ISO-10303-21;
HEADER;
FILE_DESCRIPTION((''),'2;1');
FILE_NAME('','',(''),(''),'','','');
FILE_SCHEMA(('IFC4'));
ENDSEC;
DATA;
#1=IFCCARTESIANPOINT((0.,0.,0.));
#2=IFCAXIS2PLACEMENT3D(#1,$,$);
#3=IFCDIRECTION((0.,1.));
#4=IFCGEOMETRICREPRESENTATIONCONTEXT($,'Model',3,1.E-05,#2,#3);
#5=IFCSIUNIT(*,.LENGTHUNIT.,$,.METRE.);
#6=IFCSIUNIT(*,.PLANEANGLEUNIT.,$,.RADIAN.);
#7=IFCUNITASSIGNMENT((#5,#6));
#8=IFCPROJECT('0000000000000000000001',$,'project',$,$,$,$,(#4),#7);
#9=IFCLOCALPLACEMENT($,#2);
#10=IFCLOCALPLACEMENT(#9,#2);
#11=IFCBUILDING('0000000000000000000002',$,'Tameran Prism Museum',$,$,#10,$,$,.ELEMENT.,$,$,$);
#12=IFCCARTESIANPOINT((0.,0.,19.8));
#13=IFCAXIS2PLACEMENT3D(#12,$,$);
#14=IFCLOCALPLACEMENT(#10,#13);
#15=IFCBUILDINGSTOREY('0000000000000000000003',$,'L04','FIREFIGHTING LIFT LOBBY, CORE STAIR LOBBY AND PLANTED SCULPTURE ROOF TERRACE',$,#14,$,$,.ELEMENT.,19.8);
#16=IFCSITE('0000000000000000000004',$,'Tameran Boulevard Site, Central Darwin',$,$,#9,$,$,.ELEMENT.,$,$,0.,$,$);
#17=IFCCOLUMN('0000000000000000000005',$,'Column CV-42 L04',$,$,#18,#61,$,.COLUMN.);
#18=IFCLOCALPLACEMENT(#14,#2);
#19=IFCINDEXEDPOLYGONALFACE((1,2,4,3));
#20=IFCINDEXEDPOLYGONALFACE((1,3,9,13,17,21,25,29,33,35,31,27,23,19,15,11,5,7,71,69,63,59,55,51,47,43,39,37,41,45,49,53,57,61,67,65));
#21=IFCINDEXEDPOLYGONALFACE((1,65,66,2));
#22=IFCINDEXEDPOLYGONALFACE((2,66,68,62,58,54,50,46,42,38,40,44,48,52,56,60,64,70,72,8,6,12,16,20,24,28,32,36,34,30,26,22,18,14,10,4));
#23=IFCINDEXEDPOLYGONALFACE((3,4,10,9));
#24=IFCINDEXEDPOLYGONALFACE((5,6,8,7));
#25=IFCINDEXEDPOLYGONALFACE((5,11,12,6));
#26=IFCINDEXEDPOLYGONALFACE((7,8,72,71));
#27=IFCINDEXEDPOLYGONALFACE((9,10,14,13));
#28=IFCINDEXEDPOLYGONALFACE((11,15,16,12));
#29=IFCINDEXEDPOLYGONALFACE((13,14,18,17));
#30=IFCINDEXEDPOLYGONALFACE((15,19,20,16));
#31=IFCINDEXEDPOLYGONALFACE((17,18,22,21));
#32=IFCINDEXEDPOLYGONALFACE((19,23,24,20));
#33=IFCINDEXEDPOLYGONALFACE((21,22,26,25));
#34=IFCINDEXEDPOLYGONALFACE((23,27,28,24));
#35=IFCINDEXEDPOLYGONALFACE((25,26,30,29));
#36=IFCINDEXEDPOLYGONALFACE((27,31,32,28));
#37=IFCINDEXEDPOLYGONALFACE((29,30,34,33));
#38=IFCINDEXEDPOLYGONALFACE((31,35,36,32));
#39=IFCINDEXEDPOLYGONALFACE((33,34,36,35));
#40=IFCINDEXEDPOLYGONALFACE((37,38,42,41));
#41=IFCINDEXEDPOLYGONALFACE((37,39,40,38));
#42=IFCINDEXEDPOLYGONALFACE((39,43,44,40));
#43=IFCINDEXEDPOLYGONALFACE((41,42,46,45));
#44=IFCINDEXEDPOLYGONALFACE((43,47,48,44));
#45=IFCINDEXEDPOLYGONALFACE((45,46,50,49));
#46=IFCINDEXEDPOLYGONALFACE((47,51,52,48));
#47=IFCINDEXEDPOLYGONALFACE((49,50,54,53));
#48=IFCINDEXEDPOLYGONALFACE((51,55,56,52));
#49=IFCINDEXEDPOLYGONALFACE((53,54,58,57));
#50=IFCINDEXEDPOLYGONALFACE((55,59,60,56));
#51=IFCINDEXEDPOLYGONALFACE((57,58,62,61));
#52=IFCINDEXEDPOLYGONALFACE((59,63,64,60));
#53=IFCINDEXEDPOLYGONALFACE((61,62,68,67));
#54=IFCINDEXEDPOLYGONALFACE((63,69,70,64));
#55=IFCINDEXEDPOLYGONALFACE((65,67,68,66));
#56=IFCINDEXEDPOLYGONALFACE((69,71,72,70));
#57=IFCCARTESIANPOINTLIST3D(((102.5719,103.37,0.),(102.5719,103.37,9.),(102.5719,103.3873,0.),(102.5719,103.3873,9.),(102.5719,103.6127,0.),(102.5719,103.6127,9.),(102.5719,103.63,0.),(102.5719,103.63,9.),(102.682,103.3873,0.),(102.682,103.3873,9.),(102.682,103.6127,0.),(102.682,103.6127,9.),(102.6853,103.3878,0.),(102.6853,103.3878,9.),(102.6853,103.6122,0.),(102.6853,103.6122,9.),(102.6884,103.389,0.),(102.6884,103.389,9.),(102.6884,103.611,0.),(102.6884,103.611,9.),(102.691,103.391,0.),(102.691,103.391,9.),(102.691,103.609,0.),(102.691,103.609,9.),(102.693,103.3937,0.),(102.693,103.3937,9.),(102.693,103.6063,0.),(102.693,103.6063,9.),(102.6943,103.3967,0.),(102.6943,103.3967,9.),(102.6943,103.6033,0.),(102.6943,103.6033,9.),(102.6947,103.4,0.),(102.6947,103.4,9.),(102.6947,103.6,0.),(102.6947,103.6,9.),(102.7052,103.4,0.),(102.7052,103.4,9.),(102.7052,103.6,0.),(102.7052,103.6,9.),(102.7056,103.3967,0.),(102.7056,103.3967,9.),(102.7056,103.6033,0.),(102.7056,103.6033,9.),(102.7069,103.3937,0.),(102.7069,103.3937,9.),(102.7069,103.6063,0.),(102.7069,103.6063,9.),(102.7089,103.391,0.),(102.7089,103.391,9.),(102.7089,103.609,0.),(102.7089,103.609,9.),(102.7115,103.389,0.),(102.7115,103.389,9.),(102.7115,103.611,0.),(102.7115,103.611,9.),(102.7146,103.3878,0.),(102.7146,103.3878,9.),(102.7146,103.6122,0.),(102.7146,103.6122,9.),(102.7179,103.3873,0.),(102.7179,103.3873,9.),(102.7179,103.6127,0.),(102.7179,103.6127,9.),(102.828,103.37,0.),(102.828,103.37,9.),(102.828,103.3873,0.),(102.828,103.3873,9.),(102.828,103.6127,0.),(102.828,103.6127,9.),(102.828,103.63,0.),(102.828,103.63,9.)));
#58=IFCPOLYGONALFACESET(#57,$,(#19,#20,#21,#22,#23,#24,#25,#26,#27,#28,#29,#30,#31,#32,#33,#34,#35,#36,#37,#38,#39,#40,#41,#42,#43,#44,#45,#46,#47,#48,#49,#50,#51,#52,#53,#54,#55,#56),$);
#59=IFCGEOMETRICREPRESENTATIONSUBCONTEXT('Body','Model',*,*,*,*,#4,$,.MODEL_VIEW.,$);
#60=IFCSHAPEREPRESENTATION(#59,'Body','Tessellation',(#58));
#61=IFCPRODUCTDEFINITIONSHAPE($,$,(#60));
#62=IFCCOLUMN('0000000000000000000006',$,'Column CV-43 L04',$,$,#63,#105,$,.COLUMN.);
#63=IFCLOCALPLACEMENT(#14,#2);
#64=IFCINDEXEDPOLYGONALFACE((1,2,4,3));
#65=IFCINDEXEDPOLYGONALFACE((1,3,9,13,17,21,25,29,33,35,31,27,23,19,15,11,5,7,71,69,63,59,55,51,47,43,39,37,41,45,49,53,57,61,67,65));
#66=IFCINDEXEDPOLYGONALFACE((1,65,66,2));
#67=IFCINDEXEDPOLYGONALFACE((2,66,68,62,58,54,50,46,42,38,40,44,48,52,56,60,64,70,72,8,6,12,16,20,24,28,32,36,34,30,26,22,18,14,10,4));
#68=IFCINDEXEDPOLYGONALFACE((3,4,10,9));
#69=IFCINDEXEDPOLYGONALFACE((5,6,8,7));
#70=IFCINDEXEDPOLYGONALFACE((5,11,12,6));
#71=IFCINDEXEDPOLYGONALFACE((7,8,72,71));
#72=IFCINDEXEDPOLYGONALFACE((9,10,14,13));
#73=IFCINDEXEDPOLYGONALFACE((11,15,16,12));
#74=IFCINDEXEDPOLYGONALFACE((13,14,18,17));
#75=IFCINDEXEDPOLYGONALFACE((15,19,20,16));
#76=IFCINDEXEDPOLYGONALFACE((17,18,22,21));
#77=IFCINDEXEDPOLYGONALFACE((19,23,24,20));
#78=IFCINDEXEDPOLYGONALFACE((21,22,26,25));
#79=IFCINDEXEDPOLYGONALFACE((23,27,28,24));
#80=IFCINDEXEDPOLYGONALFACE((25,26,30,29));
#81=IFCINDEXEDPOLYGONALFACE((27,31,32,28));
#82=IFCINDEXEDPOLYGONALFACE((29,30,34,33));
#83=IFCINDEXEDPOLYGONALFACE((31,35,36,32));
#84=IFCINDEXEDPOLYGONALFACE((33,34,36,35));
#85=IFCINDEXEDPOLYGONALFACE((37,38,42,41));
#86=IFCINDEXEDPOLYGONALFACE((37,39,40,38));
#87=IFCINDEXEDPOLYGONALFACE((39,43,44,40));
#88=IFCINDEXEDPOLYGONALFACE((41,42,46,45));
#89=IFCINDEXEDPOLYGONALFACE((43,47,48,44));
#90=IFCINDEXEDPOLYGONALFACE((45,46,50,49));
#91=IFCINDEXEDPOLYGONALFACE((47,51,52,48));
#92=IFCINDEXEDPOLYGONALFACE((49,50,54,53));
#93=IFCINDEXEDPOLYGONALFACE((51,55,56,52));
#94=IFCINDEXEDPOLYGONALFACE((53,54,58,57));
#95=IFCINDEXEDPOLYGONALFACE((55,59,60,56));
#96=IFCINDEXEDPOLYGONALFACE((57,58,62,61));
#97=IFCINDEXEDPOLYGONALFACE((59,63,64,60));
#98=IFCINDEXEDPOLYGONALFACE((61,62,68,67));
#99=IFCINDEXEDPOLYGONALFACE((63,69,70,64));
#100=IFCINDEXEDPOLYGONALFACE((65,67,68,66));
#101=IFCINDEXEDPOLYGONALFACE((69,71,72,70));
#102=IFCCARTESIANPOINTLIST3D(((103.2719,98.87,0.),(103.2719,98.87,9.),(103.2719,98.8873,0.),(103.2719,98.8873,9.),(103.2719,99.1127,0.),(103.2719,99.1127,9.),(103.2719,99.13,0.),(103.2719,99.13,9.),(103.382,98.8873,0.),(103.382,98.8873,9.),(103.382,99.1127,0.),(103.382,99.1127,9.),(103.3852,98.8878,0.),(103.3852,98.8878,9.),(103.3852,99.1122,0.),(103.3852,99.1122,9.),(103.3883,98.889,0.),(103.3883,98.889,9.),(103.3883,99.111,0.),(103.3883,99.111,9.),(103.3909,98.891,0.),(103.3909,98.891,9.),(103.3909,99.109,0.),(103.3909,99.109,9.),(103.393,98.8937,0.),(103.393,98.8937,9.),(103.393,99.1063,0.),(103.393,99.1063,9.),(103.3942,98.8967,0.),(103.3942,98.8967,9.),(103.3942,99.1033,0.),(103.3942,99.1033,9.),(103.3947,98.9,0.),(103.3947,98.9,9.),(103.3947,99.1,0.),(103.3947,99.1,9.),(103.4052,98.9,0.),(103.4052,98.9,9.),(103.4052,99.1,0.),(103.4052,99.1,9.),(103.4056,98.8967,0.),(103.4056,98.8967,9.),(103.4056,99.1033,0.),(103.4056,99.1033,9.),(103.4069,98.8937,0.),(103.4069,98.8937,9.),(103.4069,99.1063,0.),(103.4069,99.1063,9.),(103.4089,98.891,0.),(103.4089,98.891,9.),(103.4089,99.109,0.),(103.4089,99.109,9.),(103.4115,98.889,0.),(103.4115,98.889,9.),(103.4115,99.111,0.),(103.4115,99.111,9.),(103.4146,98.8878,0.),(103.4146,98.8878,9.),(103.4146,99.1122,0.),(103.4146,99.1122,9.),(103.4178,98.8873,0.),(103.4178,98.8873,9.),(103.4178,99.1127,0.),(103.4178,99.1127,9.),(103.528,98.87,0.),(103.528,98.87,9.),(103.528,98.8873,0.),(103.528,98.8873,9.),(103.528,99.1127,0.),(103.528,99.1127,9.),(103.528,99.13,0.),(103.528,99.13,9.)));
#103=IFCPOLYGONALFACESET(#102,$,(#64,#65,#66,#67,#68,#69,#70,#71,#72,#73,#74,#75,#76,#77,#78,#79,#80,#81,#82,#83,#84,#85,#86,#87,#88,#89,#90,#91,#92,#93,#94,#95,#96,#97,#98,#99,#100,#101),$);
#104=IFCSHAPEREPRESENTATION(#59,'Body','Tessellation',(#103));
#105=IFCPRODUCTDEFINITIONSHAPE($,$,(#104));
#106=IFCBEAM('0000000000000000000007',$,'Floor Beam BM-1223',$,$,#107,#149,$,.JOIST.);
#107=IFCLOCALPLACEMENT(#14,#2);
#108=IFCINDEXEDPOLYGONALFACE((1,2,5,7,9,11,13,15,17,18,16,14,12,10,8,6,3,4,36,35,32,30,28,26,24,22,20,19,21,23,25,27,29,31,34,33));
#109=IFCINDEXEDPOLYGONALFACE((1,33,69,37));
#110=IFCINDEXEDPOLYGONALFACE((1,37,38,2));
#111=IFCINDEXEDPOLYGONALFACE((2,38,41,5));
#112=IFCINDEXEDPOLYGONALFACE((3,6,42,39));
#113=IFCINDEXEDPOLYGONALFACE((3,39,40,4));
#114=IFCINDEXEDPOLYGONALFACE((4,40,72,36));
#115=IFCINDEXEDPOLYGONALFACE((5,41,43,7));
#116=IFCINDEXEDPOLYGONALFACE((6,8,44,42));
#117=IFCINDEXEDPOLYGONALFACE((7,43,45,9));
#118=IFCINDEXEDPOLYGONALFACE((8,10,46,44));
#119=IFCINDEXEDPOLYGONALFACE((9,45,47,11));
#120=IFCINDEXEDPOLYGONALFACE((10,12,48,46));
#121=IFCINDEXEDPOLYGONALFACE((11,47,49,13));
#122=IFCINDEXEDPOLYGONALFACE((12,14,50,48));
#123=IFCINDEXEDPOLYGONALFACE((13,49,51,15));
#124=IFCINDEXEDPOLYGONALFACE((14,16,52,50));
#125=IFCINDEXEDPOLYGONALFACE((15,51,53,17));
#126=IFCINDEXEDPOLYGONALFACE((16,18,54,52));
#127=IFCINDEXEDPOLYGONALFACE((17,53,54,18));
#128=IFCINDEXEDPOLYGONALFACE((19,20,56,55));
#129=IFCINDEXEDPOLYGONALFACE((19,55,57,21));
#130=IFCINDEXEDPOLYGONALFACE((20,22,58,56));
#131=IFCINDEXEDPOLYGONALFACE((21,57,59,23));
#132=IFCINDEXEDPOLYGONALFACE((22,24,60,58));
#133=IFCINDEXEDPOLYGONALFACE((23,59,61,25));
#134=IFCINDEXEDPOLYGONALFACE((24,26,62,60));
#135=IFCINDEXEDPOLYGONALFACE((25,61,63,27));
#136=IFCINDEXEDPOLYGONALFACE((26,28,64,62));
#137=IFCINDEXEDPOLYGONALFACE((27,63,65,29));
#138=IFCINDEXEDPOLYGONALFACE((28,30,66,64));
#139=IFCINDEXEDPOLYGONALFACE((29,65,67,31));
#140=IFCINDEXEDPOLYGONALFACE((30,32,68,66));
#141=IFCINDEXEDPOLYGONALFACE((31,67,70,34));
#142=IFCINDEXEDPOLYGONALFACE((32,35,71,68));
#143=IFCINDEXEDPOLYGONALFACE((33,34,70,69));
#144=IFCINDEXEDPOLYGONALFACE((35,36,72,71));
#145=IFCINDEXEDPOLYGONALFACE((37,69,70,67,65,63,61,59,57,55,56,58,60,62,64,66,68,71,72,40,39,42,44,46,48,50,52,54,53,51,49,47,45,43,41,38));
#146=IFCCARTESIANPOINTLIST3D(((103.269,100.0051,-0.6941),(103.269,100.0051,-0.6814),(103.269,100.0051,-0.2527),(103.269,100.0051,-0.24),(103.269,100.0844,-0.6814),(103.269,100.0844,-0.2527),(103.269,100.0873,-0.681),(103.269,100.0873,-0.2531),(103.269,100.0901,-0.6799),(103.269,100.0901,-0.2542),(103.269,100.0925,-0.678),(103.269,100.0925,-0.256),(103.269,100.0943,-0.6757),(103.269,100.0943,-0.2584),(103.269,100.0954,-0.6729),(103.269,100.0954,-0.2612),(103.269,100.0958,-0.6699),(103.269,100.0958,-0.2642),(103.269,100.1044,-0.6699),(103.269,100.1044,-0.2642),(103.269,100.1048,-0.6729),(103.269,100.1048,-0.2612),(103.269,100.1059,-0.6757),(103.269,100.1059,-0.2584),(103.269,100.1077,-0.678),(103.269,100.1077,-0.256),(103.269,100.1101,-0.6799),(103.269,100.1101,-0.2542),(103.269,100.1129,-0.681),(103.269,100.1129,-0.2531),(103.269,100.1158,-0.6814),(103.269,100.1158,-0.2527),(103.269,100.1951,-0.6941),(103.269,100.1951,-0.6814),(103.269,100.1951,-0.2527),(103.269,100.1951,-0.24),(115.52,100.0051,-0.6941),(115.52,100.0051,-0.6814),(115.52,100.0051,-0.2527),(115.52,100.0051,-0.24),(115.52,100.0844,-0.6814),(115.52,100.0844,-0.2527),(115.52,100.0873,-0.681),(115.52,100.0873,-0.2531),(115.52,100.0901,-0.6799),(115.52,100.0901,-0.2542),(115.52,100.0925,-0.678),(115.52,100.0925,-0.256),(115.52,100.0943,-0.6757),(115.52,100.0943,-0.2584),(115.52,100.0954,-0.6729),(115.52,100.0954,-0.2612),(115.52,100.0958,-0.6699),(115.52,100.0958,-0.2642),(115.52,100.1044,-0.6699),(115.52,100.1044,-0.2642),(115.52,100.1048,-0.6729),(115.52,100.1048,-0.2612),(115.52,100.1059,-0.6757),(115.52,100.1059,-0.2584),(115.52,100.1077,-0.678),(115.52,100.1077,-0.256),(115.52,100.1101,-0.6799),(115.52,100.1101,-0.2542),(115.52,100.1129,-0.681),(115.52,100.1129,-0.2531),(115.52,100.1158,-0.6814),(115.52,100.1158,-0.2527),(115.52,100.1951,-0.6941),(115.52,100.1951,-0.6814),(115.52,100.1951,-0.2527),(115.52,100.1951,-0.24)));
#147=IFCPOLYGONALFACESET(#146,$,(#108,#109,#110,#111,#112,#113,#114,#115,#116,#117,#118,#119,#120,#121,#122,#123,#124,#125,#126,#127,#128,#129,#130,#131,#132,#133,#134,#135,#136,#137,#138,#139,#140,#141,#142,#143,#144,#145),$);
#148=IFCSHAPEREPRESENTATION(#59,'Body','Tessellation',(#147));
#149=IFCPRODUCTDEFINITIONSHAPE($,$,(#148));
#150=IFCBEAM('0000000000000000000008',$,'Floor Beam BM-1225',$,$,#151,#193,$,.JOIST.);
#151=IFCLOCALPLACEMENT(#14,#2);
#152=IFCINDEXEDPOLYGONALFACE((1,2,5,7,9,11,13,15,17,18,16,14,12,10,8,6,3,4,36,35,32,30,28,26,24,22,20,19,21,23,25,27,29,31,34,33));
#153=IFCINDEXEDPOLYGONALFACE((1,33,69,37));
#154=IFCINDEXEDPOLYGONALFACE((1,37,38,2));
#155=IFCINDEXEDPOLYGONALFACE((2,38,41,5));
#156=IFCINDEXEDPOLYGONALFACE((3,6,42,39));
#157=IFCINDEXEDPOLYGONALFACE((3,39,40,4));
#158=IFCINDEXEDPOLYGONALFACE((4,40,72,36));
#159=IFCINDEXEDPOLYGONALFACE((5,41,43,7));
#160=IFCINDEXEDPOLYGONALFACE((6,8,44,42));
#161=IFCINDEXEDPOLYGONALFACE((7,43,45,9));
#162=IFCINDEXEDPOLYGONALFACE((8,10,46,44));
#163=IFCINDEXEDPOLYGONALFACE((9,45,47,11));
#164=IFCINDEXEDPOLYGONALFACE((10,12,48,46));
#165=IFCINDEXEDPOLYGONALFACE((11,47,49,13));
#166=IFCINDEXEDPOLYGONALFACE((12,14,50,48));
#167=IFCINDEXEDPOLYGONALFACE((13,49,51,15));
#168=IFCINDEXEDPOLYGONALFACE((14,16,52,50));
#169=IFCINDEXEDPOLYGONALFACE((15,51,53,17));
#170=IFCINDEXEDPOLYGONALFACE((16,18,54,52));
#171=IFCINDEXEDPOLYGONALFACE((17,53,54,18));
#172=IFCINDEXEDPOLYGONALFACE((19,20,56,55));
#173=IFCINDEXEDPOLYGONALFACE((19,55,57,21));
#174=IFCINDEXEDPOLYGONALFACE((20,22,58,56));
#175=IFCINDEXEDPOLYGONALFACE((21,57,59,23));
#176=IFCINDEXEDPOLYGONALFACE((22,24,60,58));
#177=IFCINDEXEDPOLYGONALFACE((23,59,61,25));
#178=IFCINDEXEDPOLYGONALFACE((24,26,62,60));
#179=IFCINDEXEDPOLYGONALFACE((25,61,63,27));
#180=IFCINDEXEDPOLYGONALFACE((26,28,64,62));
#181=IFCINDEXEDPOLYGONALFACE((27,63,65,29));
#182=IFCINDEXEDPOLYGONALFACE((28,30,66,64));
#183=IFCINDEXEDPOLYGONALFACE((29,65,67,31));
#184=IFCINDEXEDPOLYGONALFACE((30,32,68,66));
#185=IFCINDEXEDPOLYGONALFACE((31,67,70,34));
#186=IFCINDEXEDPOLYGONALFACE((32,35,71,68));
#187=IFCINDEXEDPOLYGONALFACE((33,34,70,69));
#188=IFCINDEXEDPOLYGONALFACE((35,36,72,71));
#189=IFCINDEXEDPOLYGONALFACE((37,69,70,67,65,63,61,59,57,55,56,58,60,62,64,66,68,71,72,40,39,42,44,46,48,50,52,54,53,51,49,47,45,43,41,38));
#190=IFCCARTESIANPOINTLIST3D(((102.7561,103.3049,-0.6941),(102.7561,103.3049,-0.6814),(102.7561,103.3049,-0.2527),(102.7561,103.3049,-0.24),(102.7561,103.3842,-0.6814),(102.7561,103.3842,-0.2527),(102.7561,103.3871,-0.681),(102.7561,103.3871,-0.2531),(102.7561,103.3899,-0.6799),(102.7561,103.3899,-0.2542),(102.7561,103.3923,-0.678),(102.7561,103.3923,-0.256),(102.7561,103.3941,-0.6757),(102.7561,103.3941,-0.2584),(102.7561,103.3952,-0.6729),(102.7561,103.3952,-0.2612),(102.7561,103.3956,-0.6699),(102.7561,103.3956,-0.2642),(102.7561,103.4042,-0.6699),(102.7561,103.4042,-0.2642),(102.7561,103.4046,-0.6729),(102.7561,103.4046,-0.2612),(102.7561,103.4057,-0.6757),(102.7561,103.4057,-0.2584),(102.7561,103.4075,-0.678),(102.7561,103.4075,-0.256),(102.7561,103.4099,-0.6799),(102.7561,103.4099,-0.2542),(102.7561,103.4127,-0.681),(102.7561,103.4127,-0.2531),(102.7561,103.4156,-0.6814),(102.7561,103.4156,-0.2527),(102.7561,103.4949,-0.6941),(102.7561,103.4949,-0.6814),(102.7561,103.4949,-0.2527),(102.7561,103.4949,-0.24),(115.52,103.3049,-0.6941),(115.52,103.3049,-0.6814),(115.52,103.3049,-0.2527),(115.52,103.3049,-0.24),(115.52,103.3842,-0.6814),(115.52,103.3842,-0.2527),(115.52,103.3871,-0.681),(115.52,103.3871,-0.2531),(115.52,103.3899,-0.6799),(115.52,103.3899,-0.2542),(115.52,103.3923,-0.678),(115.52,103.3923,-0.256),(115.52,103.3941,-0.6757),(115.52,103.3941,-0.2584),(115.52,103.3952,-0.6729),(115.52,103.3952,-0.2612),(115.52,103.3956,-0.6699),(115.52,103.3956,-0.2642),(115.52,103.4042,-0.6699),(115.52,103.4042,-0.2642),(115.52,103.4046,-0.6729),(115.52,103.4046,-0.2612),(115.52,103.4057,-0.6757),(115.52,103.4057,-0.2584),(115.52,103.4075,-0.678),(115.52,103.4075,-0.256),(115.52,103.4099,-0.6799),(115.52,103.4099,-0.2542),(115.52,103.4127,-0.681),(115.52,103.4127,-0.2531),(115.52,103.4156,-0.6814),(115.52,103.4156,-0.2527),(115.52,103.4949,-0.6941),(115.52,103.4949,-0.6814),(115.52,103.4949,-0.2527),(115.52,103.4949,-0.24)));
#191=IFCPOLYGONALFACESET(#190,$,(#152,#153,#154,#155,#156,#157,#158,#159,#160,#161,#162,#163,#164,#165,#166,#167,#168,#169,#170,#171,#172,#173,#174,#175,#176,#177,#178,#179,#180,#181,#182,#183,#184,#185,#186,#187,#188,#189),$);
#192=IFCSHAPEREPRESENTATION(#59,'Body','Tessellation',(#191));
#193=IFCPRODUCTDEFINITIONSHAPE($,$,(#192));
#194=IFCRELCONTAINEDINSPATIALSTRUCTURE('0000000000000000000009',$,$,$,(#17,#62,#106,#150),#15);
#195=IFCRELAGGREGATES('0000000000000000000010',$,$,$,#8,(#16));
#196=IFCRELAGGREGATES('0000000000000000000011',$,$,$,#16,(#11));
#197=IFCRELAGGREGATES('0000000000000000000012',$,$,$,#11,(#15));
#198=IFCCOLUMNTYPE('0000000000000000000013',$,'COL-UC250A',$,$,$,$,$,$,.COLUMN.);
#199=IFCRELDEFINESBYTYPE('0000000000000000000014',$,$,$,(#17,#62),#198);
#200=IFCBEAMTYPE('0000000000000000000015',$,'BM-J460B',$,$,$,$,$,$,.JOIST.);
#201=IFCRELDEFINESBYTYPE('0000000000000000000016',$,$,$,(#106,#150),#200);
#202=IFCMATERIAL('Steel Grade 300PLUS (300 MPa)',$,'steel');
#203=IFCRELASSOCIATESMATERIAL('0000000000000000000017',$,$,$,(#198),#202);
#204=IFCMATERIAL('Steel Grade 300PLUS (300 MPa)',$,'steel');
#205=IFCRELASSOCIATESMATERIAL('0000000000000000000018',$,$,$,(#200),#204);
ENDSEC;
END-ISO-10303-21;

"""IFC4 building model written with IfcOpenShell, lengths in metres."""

from ifc_helpers import new_model, si_unit, direction, frame, origin, origin_2d, place, context, subcontext, project, spatial, i_section, extrude, material, material_profile, profile_set, type_object, element, save


model = new_model("IFC4")

# Units and contexts
model_context = context("Model", 3, precision=1e-05, world=origin(), true_north=direction((0.0, 1.0)))
body_context = subcontext(model_context, "Body", "Model", "MODEL_VIEW")
ifc_project = project(units=[si_unit("LENGTHUNIT", "METRE"), si_unit("PLANEANGLEUNIT", "RADIAN")], contexts=[model_context])

# Site, building, storey
site_placement = place(None, origin())
site = spatial("IfcSite", under=ifc_project, at=site_placement, Name="Tameran Boulevard Site, Central Darwin", CompositionType="ELEMENT", RefElevation=0.0)
building_placement = place(site_placement, origin())
building = spatial("IfcBuilding", under=site, at=building_placement, Name="Tameran Prism Museum", CompositionType="ELEMENT")
storey_placement = place(building_placement, frame((0.0, 0.0, 19.8)))
storey = spatial("IfcBuildingStorey", under=building, at=storey_placement, Name="L04", Description="FIREFIGHTING LIFT LOBBY, CORE STAIR LOBBY AND PLANTED SCULPTURE ROOF TERRACE", CompositionType="ELEMENT", Elevation=19.8)

# Columns
ifc_material_1 = material(Name="Steel Grade 300PLUS (300 MPa)", Category="steel")
ifc_material_profile_1 = material_profile(ifc_material_1, i_section(OverallWidth=0.2561, OverallDepth=0.26, WebThickness=0.0105, FlangeThickness=0.0173, FilletRadius=0.0127, at=origin_2d()))
ifc_profile_set_1 = profile_set([ifc_material_profile_1])
column_type = type_object("IfcColumnType", Name="COL-UC250A", PredefinedType="COLUMN", material=ifc_profile_set_1)
for number, where, z_axis, x_axis, name in (
    (1, (102.7, 103.5, 0.0), (0.0, 0.0, 1.0), (1.0, 0.0, 0.0), "Column CV-42 L04"),
    (2, (103.3999, 99.0, 0.0), (0.0, 0.0, 1.0), (1.0, 0.0, 0.0), "Column CV-43 L04"),
):
    element("IfcColumn", number, at=place(storey_placement, frame(where, z_axis=z_axis, x_axis=x_axis)), inside=storey, type_object=column_type, Name=name, PredefinedType="COLUMN", context=body_context, shape_type="SweptSolid", body=[
        extrude(i_section(OverallWidth=0.2561, OverallDepth=0.26, WebThickness=0.0105, FlangeThickness=0.0173, FilletRadius=0.0127, at=origin_2d()), origin(), (0.0, 0.0, 1.0), 9.0),
    ])

# Beams
ifc_material_2 = material(Name="Steel Grade 300PLUS (300 MPa)", Category="steel")
ifc_material_profile_2 = material_profile(ifc_material_2, i_section(OverallWidth=0.1899, OverallDepth=0.4541, WebThickness=0.0085, FlangeThickness=0.0127, FilletRadius=0.0115, at=origin_2d()))
ifc_profile_set_2 = profile_set([ifc_material_profile_2])
beam_type_1 = type_object("IfcBeamType", Name="BM-J460B", PredefinedType="JOIST", material=ifc_profile_set_2)
beam_1_placement = place(storey_placement, frame((103.269, 100.1001, -0.467), z_axis=(1.0, 0.0, 0.0), x_axis=(0.0, 1.0, 0.0)))
element("IfcBeam", 3, at=beam_1_placement, inside=storey, type_object=beam_type_1, Name="Floor Beam BM-1223", PredefinedType="JOIST", context=body_context, shape_type="SweptSolid", body=[
    extrude(i_section(OverallWidth=0.1899, OverallDepth=0.4541, WebThickness=0.0085, FlangeThickness=0.0127, FilletRadius=0.0115, at=origin_2d()), origin(), (0.0, 0.0, 1.0), 12.251),
])
beam_2_placement = place(storey_placement, frame((102.7561, 103.3999, -0.467), z_axis=(1.0, 0.0, 0.0), x_axis=(0.0, 1.0, 0.0)))
element("IfcBeam", 4, at=beam_2_placement, inside=storey, type_object=beam_type_1, Name="Floor Beam BM-1225", PredefinedType="JOIST", context=body_context, shape_type="SweptSolid", body=[
    extrude(i_section(OverallWidth=0.1899, OverallDepth=0.4541, WebThickness=0.0085, FlangeThickness=0.0127, FilletRadius=0.0115, at=origin_2d()), origin(), (0.0, 0.0, 1.0), 12.7639),
])

save(model, "model.ifc")
